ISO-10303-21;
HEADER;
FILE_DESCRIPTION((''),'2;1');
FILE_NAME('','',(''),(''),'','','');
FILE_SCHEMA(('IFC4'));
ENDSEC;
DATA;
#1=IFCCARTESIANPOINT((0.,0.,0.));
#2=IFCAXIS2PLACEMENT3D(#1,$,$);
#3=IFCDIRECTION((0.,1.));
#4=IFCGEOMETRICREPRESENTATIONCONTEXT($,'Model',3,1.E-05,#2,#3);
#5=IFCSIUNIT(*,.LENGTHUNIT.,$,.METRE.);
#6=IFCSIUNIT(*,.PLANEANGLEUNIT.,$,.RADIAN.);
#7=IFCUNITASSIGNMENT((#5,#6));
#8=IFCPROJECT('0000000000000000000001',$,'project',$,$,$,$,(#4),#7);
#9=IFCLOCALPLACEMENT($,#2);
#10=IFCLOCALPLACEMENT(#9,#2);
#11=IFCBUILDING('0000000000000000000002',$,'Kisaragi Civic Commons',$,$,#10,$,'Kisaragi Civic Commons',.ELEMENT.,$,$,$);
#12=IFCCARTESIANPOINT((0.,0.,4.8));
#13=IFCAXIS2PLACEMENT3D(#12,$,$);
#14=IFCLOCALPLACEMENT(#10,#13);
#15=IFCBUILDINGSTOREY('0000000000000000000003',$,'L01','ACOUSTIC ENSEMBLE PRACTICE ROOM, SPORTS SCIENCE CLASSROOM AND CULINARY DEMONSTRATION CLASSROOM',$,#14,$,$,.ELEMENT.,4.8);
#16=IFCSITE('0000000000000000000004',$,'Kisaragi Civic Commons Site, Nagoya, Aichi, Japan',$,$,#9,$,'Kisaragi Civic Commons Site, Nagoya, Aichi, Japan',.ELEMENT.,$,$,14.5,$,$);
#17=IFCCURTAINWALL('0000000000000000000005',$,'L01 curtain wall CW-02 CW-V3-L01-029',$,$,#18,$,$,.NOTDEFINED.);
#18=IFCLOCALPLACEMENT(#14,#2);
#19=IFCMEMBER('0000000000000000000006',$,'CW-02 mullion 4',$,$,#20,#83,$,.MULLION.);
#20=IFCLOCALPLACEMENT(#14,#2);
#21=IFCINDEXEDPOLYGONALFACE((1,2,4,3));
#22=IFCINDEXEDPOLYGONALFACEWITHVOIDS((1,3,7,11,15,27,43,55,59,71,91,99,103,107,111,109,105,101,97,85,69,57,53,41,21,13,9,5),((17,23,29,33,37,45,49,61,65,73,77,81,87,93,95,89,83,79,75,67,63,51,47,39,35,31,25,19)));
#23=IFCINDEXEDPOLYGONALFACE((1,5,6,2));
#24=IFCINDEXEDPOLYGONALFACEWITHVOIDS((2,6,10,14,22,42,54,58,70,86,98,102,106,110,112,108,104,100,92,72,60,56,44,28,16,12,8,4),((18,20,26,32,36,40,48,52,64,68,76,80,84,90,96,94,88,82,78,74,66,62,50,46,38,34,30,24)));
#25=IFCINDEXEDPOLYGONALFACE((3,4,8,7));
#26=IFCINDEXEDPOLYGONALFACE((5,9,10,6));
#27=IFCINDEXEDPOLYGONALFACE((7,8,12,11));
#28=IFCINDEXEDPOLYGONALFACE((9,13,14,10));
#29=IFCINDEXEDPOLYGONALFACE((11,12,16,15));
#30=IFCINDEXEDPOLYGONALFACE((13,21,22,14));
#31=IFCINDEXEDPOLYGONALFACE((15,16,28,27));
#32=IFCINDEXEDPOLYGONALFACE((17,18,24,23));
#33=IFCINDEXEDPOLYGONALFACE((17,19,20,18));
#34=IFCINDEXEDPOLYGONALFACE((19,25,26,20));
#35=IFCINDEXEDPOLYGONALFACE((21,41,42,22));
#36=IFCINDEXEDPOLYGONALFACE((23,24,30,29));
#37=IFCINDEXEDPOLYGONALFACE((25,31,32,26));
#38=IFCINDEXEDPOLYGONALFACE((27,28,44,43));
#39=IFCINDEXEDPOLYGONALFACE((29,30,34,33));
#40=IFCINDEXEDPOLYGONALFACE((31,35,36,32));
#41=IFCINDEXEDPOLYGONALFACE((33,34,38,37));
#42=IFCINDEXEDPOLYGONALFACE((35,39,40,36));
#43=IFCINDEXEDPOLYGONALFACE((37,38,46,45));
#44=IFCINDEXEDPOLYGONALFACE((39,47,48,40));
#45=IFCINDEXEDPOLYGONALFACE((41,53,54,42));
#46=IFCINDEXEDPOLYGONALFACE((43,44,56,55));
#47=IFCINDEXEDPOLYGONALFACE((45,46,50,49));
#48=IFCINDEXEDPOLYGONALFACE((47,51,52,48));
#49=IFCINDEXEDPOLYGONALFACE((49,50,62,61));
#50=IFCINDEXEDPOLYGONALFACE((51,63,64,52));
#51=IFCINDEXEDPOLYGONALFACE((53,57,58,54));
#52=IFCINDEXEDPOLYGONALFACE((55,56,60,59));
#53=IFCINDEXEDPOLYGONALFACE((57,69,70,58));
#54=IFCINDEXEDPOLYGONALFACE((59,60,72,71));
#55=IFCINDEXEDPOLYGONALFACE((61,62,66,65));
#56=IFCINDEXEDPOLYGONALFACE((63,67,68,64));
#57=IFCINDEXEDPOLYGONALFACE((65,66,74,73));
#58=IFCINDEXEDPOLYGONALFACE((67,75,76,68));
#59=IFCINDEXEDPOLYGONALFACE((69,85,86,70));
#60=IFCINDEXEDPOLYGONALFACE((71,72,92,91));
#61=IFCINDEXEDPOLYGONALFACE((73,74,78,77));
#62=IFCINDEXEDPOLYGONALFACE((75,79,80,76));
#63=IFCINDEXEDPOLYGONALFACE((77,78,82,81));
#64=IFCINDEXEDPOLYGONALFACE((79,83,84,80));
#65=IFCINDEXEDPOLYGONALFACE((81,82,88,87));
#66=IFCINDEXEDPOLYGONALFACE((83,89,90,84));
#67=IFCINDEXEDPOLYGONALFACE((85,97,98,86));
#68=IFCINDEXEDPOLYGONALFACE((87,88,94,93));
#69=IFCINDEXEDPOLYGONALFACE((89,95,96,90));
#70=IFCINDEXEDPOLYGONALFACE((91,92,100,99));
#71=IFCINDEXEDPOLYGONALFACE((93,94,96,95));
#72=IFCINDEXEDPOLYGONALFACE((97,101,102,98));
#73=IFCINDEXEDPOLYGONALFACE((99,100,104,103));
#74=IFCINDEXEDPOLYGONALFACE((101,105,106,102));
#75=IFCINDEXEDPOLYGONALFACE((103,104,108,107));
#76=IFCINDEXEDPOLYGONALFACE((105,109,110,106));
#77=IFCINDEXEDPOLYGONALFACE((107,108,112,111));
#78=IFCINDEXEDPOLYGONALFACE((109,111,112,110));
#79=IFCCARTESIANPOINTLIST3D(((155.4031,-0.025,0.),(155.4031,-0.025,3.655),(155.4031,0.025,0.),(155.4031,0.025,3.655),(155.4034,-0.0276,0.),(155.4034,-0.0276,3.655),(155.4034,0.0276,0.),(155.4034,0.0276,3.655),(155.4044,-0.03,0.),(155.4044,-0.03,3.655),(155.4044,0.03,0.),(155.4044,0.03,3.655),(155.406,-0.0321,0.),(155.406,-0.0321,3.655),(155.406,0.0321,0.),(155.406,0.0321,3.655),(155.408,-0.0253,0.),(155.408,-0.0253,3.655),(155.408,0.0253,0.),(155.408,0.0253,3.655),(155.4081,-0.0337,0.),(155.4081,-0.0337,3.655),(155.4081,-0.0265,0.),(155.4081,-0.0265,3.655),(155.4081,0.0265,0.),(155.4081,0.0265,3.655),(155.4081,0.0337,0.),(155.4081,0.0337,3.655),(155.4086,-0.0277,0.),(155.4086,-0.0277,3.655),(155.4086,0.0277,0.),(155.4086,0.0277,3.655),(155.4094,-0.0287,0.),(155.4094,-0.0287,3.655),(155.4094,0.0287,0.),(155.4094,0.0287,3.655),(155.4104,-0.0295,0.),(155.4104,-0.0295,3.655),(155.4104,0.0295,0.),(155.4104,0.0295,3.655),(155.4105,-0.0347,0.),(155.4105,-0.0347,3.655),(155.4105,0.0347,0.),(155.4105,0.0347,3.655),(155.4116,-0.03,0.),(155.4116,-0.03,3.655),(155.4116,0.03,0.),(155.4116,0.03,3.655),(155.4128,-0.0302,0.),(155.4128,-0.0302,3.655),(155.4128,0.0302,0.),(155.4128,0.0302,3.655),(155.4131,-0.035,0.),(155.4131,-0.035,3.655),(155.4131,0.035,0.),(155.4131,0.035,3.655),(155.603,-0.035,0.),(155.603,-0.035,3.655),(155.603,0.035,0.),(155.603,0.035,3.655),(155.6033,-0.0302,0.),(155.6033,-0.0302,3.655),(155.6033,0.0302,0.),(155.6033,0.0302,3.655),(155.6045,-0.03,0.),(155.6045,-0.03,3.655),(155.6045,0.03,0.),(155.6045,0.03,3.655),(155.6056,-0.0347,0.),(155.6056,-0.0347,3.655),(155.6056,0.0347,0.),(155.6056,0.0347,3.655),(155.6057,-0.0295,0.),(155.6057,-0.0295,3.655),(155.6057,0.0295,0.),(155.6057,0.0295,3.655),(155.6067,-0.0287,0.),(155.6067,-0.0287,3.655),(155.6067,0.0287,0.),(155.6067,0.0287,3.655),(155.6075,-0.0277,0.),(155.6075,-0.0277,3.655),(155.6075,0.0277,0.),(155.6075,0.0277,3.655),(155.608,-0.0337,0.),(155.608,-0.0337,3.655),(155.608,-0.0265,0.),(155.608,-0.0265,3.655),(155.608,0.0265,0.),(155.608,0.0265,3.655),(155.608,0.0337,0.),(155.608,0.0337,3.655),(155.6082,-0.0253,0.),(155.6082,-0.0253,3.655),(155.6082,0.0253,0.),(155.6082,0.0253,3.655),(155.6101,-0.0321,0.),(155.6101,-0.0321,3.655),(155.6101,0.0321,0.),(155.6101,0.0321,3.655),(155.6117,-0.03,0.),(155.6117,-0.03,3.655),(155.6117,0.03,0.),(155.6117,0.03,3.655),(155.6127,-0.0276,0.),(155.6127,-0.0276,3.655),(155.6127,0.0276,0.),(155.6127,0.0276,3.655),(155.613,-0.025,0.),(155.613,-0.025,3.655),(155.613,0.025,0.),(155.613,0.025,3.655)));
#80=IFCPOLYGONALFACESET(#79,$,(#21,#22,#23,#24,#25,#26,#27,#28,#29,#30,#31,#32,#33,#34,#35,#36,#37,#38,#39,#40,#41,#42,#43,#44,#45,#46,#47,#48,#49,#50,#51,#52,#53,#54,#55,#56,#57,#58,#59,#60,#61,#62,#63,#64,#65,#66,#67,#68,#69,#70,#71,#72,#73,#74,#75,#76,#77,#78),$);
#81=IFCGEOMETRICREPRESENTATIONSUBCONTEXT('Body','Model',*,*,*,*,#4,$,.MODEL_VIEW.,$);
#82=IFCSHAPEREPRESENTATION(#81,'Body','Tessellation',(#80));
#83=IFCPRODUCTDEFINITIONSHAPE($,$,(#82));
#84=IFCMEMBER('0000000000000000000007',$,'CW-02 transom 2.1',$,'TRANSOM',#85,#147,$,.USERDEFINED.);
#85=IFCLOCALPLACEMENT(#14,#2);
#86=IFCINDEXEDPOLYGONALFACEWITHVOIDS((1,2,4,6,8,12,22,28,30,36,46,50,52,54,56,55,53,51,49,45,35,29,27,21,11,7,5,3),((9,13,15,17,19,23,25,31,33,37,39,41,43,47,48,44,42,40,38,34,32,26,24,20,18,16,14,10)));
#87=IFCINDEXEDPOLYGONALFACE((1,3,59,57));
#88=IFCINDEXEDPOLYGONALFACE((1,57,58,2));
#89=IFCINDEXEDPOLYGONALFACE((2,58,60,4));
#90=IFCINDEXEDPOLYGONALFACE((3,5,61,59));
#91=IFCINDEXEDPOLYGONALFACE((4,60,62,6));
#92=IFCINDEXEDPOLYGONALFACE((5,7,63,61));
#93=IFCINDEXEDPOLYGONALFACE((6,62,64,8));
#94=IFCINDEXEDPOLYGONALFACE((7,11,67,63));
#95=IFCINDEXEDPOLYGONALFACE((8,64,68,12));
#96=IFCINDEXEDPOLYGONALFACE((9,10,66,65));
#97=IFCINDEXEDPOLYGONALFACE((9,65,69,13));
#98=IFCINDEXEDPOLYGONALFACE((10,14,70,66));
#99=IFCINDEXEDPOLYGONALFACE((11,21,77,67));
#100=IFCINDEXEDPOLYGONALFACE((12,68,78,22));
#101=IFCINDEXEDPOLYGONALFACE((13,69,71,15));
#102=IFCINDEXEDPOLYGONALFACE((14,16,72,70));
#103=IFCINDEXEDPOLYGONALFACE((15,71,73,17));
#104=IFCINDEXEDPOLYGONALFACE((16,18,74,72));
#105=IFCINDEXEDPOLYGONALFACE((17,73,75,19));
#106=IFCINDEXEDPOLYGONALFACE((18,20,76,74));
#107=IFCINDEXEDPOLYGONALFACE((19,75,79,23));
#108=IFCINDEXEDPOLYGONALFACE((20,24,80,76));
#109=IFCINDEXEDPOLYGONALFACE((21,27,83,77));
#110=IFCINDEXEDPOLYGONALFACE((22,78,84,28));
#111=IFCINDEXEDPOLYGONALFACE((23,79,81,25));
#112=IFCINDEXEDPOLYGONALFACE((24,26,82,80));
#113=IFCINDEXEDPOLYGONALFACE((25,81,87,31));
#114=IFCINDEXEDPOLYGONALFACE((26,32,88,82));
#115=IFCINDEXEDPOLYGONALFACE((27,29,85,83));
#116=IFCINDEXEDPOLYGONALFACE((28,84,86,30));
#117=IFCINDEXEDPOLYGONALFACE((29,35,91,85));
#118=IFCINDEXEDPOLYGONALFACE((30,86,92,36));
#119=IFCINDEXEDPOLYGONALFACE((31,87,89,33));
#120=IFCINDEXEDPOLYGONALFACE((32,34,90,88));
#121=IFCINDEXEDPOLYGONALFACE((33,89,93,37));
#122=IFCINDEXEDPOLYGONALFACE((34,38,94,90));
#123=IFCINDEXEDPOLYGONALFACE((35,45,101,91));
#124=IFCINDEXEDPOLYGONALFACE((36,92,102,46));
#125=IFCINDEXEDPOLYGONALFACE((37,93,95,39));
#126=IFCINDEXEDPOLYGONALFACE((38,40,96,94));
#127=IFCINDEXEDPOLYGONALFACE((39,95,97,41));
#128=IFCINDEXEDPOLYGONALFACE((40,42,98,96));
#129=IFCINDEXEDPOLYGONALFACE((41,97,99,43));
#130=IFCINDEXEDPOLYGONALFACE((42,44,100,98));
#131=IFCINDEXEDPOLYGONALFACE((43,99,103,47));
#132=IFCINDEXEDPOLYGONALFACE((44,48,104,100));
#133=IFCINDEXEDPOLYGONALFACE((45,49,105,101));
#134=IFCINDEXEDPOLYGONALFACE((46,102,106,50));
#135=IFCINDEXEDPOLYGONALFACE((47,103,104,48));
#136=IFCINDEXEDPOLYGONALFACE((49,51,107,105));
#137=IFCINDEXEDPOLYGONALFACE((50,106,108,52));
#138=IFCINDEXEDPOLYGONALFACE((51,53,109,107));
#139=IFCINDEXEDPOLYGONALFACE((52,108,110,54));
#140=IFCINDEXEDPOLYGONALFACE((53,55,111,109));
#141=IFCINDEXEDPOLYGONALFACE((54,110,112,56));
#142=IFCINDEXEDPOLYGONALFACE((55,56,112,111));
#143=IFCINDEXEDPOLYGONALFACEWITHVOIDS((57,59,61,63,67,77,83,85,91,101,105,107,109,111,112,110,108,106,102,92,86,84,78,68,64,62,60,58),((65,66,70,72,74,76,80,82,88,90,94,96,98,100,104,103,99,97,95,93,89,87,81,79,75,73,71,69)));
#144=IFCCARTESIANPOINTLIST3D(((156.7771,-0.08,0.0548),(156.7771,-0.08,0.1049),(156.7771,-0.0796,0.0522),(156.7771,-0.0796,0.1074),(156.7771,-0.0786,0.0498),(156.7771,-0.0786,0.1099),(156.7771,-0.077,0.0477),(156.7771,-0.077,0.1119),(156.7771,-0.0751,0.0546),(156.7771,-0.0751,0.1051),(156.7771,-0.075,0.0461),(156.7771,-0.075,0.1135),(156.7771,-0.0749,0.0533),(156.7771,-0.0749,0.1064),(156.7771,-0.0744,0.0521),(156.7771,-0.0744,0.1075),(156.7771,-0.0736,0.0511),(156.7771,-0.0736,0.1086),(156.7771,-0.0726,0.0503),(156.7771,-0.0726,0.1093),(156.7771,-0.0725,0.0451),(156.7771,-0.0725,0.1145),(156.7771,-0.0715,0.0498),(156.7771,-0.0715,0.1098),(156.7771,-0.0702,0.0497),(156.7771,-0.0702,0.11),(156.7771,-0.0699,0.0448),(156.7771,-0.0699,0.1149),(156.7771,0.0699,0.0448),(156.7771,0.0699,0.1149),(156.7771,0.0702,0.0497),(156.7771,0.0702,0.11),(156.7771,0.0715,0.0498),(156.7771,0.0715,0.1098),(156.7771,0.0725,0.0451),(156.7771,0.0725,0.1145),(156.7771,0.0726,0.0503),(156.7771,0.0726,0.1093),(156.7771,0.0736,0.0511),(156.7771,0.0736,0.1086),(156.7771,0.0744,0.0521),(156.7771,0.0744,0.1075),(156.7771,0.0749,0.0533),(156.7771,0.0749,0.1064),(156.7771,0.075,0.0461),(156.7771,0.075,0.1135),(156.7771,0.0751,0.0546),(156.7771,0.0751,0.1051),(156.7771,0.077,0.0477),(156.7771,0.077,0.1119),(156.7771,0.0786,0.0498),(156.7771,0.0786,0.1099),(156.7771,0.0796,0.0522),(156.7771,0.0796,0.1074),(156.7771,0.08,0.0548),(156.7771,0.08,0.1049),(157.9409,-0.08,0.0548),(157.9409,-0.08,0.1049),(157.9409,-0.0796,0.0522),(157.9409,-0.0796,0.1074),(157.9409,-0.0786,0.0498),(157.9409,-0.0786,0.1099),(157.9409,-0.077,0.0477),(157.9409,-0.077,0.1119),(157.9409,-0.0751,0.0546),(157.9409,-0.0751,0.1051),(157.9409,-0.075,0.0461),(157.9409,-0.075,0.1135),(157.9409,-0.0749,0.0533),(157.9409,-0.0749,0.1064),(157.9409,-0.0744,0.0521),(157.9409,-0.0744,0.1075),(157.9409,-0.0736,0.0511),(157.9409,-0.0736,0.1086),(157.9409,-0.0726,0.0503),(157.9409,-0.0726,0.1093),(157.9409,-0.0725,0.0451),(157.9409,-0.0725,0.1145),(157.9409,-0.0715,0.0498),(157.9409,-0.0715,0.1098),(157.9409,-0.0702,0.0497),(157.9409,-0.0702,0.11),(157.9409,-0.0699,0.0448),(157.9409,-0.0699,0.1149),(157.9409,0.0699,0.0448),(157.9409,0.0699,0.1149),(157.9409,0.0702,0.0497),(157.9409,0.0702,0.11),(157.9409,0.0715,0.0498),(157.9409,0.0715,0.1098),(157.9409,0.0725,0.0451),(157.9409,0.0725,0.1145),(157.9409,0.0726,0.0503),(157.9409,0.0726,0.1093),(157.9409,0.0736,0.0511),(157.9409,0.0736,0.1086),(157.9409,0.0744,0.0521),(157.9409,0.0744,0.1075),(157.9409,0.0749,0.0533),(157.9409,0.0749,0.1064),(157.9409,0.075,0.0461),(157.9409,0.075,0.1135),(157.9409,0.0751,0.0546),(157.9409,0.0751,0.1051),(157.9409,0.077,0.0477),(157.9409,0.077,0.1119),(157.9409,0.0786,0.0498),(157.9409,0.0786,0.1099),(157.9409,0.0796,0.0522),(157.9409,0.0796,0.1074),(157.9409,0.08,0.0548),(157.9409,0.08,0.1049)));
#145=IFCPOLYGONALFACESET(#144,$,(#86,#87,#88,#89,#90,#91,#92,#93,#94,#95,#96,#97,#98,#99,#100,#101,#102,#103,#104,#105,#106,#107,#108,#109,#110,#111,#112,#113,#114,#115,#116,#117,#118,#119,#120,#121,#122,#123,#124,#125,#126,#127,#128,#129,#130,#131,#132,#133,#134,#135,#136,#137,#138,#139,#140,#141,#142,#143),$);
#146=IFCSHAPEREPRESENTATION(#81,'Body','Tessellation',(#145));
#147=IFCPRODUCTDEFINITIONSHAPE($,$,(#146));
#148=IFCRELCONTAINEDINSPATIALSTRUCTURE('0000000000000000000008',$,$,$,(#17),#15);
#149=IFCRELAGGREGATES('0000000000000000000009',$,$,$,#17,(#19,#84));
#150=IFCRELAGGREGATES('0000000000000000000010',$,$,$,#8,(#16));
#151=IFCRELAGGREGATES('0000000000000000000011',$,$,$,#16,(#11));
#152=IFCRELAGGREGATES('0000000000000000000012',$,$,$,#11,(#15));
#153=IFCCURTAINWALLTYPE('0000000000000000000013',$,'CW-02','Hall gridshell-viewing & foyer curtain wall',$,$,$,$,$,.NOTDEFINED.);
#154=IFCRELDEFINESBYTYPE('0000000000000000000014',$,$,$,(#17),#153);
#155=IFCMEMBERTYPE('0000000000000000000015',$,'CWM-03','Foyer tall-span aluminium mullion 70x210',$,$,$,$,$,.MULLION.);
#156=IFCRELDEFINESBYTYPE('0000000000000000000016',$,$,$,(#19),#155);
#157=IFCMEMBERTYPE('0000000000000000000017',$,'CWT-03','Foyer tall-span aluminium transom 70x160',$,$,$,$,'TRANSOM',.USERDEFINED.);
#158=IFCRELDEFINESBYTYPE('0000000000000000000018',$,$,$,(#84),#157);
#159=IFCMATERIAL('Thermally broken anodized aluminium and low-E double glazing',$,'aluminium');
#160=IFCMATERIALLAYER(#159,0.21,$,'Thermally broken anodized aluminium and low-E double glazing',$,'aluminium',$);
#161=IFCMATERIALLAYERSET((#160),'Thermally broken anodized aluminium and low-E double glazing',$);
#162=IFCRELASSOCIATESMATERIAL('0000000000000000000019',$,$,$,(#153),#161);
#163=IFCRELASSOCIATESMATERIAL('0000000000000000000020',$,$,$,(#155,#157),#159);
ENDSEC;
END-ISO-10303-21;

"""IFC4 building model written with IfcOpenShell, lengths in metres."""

from ifc_helpers import new_model, si_unit, direction, frame, origin, origin_2d, place, context, subcontext, project, spatial, hollow_rectangle, extrude, material, layer, layer_set, material_profile, profile_set, type_object, element, aggregate, save


model = new_model("IFC4")

# Units and contexts
model_context = context("Model", 3, precision=1e-05, world=origin(), true_north=direction((0.0, 1.0)))
body_context = subcontext(model_context, "Body", "Model", "MODEL_VIEW")
ifc_project = project(units=[si_unit("LENGTHUNIT", "METRE"), si_unit("PLANEANGLEUNIT", "RADIAN")], contexts=[model_context])

# Site, building, storey
site_placement = place(None, origin())
site = spatial("IfcSite", under=ifc_project, at=site_placement, Name="Kisaragi Civic Commons Site, Nagoya, Aichi, Japan", LongName="Kisaragi Civic Commons Site, Nagoya, Aichi, Japan", CompositionType="ELEMENT", RefElevation=14.5)
building_placement = place(site_placement, origin())
building = spatial("IfcBuilding", under=site, at=building_placement, Name="Kisaragi Civic Commons", LongName="Kisaragi Civic Commons", CompositionType="ELEMENT")
storey_placement = place(building_placement, frame((0.0, 0.0, 4.8)))
storey = spatial("IfcBuildingStorey", under=building, at=storey_placement, Name="L01", Description="ACOUSTIC ENSEMBLE PRACTICE ROOM, SPORTS SCIENCE CLASSROOM AND CULINARY DEMONSTRATION CLASSROOM", CompositionType="ELEMENT", Elevation=4.8)

# Curtain wall, members
ifc_material = material(Name="Thermally broken anodized aluminium and low-E double glazing", Category="aluminium")
ifc_layer_1 = layer(ifc_material, 0.21, Name="Thermally broken anodized aluminium and low-E double glazing", Category="aluminium")
ifc_layer_set_1 = layer_set([ifc_layer_1], Name="Thermally broken anodized aluminium and low-E double glazing")
curtain_wall_type = type_object("IfcCurtainWallType", Name="CW-02", Description="Hall gridshell-viewing & foyer curtain wall", PredefinedType="NOTDEFINED", material=ifc_layer_set_1)
curtain_wall_placement = place(storey_placement, origin())
curtain_wall = element("IfcCurtainWall", 1, at=curtain_wall_placement, inside=storey, type_object=curtain_wall_type, Name="L01 curtain wall CW-02 CW-V3-L01-029", PredefinedType="NOTDEFINED")
ifc_material_profile_1 = material_profile(ifc_material, hollow_rectangle(XDim=0.0701, YDim=0.21, WallThickness=0.0049, InnerFilletRadius=0.0049, OuterFilletRadius=0.01, at=origin_2d()), Name="CWM-70x210x5", Category="aluminium")
ifc_profile_set_1 = profile_set([ifc_material_profile_1], Name="Thermally broken anodized aluminium and low-E double glazing")
member_type_1 = type_object("IfcMemberType", Name="CWM-03", Description="Foyer tall-span aluminium mullion 70x210", PredefinedType="MULLION", material=ifc_profile_set_1)
member_1_placement = place(storey_placement, frame((155.5081, 0.0, 0.0), z_axis=(0.0, 0.0, 1.0), x_axis=(0.0, -1.0, 0.0)))
member_1 = element("IfcMember", 2, at=member_1_placement, type_object=member_type_1, Name="CW-02 mullion 4", PredefinedType="MULLION", context=body_context, shape_type="SweptSolid", body=[
    extrude(hollow_rectangle(XDim=0.0701, YDim=0.21, WallThickness=0.0049, InnerFilletRadius=0.0049, OuterFilletRadius=0.01, at=origin_2d()), origin(), (0.0, 0.0, 1.0), 3.655),
])
ifc_material_profile_2 = material_profile(ifc_material, hollow_rectangle(XDim=0.1599, YDim=0.0701, WallThickness=0.0049, InnerFilletRadius=0.0049, OuterFilletRadius=0.01, at=origin_2d()), Name="CWT-70x160x5", Category="aluminium")
ifc_profile_set_2 = profile_set([ifc_material_profile_2], Name="Thermally broken anodized aluminium and low-E double glazing")
member_type_2 = type_object("IfcMemberType", Name="CWT-03", Description="Foyer tall-span aluminium transom 70x160", ElementType="TRANSOM", PredefinedType="USERDEFINED", material=ifc_profile_set_2)
member_2_placement = place(storey_placement, frame((157.9409, 0.0, 0.0798), z_axis=(-1.0, 0.0, 0.0), x_axis=(0.0, -1.0, 0.0)))
member_2 = element("IfcMember", 3, at=member_2_placement, type_object=member_type_2, Name="CW-02 transom 2.1", ObjectType="TRANSOM", PredefinedType="USERDEFINED", context=body_context, shape_type="SweptSolid", body=[
    extrude(hollow_rectangle(XDim=0.1599, YDim=0.0701, WallThickness=0.0049, InnerFilletRadius=0.0049, OuterFilletRadius=0.01, at=origin_2d()), origin(), (0.0, 0.0, 1.0), 1.1638),
])
aggregate(curtain_wall, [member_1, member_2])

save(model, "model.ifc")
